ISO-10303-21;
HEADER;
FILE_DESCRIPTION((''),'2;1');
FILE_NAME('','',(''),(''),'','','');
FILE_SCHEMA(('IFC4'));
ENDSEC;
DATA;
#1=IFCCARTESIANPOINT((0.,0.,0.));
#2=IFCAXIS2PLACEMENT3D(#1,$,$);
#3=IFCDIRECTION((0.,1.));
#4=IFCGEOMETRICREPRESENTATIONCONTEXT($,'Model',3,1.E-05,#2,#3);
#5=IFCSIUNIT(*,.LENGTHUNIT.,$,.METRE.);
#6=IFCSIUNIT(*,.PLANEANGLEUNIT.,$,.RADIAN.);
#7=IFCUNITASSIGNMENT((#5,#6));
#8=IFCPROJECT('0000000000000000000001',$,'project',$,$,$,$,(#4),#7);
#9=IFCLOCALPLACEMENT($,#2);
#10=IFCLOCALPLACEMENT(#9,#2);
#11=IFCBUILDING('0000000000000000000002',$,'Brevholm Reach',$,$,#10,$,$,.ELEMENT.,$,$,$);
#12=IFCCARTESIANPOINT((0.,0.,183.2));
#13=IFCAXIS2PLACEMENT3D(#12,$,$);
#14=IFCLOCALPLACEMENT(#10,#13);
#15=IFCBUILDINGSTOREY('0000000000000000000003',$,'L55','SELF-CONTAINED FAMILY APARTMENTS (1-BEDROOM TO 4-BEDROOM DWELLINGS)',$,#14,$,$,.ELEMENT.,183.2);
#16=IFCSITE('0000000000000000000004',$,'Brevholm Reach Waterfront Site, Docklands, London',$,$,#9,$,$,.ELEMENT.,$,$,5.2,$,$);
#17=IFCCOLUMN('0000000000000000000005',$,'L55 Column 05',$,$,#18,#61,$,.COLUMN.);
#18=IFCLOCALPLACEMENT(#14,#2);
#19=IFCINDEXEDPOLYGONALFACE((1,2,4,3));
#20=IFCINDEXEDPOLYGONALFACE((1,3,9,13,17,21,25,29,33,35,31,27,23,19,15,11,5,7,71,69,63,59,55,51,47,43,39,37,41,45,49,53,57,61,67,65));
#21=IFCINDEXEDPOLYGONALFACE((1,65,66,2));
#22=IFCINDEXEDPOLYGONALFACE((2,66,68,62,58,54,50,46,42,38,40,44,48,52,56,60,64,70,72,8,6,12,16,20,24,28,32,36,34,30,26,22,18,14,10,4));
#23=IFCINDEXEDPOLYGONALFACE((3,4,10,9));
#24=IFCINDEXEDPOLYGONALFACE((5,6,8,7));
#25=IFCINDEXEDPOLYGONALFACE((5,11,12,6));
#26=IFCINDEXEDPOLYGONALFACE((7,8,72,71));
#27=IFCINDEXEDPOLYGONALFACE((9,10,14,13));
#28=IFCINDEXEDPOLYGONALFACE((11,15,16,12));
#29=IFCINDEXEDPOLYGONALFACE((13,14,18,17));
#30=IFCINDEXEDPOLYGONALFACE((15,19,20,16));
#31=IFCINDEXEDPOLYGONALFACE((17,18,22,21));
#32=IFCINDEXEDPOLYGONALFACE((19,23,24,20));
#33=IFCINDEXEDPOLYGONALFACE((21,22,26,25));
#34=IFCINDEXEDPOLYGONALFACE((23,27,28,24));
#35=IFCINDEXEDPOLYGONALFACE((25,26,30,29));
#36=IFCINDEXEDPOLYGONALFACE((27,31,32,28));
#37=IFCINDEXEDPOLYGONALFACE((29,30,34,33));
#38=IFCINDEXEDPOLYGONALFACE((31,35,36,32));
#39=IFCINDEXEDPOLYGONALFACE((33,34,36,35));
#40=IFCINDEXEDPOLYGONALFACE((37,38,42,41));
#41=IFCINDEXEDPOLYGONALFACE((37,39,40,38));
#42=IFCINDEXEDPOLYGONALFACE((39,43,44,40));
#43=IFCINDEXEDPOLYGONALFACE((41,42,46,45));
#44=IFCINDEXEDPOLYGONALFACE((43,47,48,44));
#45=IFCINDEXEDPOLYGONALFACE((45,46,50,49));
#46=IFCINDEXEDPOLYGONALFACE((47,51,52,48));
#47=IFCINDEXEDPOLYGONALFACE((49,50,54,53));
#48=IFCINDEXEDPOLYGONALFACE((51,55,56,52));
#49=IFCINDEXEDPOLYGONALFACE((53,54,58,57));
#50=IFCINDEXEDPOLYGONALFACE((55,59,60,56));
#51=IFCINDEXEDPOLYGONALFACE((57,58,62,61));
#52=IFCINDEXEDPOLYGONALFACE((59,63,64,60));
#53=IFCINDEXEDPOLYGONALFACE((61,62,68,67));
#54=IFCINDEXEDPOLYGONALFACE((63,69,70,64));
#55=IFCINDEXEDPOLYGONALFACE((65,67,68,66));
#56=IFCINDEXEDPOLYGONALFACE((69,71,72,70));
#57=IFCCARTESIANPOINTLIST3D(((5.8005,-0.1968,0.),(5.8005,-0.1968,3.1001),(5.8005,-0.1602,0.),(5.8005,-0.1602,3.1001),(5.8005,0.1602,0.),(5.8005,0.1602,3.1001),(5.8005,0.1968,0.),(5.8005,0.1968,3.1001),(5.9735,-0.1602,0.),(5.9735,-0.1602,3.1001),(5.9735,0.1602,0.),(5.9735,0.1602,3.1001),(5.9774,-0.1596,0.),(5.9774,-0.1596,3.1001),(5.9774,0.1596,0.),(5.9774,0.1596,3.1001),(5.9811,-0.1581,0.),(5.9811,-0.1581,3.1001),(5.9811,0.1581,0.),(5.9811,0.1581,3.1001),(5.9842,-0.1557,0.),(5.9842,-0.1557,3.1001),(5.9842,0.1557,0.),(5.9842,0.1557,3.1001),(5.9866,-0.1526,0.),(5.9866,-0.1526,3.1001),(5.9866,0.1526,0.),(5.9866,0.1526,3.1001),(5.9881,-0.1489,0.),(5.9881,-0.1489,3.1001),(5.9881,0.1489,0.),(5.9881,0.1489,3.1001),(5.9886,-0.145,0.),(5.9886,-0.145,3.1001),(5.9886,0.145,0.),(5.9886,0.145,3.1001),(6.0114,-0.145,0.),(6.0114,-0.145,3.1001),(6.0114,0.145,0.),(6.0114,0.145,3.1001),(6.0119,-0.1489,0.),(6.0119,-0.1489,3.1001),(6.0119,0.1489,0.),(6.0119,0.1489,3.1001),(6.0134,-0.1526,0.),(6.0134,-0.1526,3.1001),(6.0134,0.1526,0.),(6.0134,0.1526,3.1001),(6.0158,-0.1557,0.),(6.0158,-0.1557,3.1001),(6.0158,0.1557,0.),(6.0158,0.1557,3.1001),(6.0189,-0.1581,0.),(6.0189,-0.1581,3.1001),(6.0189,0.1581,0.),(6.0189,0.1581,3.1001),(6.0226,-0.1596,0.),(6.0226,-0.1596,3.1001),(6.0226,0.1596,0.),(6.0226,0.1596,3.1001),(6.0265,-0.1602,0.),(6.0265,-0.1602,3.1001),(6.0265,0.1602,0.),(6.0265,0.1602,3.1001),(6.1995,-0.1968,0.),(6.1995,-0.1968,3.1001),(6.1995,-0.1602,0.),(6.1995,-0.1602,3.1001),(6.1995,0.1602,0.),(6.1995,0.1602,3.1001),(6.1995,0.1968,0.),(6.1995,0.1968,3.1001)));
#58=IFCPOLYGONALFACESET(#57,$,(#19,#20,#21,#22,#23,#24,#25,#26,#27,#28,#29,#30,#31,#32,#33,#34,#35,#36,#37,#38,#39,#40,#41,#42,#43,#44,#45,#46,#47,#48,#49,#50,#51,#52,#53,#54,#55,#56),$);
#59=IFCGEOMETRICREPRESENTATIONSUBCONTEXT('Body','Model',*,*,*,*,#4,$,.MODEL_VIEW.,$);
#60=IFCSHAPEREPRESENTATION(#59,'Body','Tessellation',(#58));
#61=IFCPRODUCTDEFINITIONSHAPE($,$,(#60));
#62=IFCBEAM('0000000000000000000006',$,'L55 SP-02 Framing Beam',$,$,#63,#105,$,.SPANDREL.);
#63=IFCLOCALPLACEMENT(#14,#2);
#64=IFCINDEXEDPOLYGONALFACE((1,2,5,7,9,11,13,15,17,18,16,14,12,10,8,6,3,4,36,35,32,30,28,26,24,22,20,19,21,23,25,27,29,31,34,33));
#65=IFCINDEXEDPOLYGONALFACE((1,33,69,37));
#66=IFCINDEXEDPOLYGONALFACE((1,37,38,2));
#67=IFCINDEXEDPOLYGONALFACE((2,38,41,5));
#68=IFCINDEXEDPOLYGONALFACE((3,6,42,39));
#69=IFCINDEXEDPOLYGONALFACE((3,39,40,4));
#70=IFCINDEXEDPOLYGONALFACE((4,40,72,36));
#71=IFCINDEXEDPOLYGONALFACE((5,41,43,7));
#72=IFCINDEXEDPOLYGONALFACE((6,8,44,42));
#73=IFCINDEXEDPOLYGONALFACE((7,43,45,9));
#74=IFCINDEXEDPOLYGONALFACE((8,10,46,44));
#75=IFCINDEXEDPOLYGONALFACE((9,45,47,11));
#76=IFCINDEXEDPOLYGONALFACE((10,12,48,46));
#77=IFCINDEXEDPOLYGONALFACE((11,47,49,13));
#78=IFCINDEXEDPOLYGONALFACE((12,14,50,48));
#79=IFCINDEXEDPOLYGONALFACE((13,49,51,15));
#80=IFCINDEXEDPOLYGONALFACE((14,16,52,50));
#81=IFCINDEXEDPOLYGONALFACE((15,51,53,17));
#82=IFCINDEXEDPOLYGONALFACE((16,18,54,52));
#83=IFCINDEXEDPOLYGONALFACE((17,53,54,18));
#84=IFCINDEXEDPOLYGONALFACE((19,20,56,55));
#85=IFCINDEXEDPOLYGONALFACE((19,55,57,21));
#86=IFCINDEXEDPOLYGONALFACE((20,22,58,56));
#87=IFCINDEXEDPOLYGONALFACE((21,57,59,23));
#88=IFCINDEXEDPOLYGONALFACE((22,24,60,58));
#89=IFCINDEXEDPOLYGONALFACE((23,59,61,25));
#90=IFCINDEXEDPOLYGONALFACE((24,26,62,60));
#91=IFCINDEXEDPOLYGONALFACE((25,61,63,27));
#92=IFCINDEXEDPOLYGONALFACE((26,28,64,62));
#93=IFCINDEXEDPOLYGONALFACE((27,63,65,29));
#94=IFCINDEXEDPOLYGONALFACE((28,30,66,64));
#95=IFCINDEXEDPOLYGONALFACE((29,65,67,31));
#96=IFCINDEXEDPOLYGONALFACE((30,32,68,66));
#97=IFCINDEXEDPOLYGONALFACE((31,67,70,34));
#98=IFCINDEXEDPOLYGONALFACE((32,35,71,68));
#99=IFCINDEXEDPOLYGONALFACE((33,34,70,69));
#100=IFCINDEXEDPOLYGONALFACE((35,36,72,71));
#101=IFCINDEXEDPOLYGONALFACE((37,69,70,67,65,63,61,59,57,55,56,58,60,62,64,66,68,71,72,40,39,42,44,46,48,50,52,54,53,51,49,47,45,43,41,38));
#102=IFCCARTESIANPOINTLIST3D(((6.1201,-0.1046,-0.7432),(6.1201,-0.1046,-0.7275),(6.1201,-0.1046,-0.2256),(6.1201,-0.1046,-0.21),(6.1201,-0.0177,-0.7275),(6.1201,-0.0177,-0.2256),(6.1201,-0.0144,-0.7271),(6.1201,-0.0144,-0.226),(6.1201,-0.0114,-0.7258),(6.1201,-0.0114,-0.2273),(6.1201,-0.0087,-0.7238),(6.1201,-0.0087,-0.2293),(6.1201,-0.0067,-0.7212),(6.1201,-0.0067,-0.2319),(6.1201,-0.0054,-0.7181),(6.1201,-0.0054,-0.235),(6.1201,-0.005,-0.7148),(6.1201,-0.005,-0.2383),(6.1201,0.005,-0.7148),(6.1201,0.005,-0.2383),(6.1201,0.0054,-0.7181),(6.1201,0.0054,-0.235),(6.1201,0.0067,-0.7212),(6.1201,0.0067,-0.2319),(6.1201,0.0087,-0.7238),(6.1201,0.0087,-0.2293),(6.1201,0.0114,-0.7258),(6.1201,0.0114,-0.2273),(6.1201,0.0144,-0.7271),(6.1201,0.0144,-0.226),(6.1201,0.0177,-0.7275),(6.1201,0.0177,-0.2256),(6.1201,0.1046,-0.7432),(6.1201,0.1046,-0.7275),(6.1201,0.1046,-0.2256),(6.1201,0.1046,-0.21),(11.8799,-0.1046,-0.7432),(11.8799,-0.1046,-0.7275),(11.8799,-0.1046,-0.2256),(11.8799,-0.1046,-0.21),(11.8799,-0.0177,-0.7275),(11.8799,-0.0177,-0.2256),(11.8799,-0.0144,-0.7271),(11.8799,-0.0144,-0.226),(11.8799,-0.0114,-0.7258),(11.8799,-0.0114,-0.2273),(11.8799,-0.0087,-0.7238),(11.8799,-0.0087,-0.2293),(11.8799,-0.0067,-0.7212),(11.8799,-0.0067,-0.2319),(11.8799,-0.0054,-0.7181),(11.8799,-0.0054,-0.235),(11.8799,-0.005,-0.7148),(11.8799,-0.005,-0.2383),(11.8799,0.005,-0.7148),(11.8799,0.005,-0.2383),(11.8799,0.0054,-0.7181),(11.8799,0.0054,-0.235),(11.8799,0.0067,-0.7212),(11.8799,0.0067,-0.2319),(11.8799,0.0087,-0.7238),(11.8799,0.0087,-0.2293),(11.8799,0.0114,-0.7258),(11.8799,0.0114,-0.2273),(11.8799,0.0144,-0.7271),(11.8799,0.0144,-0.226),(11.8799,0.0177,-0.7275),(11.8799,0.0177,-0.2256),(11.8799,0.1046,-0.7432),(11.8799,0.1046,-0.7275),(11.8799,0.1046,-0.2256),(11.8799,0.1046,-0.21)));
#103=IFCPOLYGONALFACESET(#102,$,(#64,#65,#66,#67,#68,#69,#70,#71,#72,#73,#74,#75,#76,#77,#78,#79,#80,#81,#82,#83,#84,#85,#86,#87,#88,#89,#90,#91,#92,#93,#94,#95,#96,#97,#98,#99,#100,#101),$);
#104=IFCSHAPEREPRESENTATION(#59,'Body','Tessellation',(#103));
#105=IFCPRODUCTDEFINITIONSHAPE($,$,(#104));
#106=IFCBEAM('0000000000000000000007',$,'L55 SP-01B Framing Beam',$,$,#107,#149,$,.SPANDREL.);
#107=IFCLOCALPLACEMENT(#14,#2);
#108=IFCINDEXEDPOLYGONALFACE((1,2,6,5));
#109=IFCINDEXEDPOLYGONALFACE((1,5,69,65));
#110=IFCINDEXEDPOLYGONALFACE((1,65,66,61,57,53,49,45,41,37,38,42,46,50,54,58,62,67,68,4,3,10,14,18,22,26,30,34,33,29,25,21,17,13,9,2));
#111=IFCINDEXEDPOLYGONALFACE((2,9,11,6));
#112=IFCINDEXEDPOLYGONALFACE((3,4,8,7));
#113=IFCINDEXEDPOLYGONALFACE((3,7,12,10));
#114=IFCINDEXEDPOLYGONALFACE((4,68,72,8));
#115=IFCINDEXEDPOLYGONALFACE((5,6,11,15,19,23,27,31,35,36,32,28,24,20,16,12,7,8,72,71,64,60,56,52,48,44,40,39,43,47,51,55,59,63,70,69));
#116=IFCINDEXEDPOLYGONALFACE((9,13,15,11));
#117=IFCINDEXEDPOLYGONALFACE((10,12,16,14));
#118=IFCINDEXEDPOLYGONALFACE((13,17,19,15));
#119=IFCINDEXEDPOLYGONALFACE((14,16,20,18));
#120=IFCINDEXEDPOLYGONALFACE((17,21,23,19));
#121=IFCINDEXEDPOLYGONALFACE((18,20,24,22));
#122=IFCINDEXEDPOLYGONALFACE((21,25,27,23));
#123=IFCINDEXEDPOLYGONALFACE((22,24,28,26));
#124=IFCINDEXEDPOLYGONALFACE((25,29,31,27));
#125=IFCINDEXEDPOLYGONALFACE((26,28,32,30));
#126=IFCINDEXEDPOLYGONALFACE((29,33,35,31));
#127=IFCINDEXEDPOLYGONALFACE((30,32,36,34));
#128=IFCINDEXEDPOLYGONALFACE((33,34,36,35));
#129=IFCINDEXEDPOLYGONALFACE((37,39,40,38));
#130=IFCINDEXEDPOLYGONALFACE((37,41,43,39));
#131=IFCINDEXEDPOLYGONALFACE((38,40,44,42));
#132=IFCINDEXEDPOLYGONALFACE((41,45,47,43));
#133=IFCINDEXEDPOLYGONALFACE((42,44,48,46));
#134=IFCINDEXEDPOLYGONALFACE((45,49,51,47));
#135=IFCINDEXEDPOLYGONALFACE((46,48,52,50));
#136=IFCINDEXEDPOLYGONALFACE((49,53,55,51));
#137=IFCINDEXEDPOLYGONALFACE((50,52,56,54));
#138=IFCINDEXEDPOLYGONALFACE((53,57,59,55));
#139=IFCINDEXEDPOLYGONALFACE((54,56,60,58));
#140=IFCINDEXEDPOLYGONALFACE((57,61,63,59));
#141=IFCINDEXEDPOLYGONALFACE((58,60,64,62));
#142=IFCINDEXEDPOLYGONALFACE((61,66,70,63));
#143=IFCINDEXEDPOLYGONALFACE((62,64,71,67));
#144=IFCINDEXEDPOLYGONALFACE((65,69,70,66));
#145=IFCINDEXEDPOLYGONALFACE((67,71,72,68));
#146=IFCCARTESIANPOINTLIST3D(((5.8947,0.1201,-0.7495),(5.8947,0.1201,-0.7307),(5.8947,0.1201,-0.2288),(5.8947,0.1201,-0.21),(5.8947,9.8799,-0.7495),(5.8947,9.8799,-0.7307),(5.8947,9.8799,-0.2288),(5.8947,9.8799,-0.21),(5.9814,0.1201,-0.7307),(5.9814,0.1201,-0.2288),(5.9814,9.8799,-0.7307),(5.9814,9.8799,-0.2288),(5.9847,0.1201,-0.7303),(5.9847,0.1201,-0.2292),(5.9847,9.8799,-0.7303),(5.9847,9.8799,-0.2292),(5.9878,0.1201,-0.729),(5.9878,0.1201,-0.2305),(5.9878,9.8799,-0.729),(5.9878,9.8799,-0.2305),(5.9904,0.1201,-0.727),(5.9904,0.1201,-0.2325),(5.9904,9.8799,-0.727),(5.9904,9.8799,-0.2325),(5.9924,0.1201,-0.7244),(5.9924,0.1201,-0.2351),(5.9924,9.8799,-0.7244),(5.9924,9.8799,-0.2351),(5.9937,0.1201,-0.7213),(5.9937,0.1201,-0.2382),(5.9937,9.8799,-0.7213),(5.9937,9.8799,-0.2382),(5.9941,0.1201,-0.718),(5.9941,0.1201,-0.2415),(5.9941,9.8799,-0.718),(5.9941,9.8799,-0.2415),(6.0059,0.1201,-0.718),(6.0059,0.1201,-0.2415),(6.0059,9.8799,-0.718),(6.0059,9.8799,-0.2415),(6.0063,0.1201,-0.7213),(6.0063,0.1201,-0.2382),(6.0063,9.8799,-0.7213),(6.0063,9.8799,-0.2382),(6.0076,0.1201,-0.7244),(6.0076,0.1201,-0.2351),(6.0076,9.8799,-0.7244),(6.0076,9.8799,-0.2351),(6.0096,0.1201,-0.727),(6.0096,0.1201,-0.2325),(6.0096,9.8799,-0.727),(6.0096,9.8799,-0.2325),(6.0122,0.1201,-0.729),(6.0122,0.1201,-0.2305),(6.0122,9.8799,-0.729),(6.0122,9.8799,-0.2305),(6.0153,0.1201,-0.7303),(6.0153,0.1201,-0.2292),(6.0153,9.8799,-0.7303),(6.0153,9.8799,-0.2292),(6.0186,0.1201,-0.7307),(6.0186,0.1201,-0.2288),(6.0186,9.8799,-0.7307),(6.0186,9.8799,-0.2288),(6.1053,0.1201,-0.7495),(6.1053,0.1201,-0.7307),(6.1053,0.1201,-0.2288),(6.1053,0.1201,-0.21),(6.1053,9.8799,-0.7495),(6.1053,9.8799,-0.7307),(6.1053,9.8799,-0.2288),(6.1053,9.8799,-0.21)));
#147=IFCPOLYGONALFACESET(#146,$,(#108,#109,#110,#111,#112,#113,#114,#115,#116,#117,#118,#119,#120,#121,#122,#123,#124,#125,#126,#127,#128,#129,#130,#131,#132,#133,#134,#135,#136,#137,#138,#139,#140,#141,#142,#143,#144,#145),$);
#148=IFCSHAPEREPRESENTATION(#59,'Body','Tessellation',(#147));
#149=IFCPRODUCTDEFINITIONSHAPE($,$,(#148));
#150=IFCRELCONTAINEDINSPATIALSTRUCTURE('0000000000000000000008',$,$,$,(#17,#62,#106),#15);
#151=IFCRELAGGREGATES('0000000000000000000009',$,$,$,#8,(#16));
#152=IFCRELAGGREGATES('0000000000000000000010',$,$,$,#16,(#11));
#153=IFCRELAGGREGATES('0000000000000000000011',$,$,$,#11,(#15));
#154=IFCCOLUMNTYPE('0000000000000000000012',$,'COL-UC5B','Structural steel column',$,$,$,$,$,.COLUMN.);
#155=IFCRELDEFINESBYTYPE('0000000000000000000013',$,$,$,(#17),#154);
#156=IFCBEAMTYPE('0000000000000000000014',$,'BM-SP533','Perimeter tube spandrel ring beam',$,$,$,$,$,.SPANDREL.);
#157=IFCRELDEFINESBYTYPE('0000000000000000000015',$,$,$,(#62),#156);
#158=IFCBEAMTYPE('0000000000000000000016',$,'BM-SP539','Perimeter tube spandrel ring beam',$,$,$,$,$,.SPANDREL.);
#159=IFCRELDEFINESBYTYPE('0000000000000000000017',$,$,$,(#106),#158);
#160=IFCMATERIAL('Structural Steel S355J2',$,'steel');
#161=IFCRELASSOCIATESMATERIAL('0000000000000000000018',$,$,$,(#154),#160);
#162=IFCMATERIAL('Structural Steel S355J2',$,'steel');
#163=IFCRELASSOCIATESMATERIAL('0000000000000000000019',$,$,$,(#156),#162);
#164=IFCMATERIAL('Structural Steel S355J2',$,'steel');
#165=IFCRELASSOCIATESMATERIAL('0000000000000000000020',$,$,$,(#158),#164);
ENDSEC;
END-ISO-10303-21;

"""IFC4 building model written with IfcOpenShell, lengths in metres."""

from ifc_helpers import new_model, si_unit, direction, frame, origin, origin_2d, place, context, subcontext, project, spatial, i_section, extrude, material, material_profile, profile_set, type_object, element, save


model = new_model("IFC4")

# Units and contexts
model_context = context("Model", 3, precision=1e-05, world=origin(), true_north=direction((0.0, 1.0)))
body_context = subcontext(model_context, "Body", "Model", "MODEL_VIEW")
ifc_project = project(units=[si_unit("LENGTHUNIT", "METRE"), si_unit("PLANEANGLEUNIT", "RADIAN")], contexts=[model_context])

# Site, building, storey
site_placement = place(None, origin())
site = spatial("IfcSite", under=ifc_project, at=site_placement, Name="Brevholm Reach Waterfront Site, Docklands, London", CompositionType="ELEMENT", RefElevation=5.2)
building_placement = place(site_placement, origin())
building = spatial("IfcBuilding", under=site, at=building_placement, Name="Brevholm Reach", CompositionType="ELEMENT")
storey_placement = place(building_placement, frame((0.0, 0.0, 183.2)))
storey = spatial("IfcBuildingStorey", under=building, at=storey_placement, Name="L55", Description="SELF-CONTAINED FAMILY APARTMENTS (1-BEDROOM TO 4-BEDROOM DWELLINGS)", CompositionType="ELEMENT", Elevation=183.2)

# Column
ifc_material_1 = material(Name="Structural Steel S355J2", Category="steel")
ifc_material_profile_1 = material_profile(ifc_material_1, i_section(OverallWidth=0.3989, OverallDepth=0.3936, WebThickness=0.0227, FlangeThickness=0.0366, FilletRadius=0.0151, at=origin_2d()), Name="UKC 356x406x287")
ifc_profile_set_1 = profile_set([ifc_material_profile_1], Name="Structural Steel S355J2")
column_type = type_object("IfcColumnType", Name="COL-UC5B", Description="Structural steel column", PredefinedType="COLUMN", material=ifc_profile_set_1)
column_placement = place(storey_placement, frame((6.0, 0.0, 0.0), z_axis=(0.0, 0.0, 1.0), x_axis=(1.0, 0.0, 0.0)))
element("IfcColumn", 1, at=column_placement, inside=storey, type_object=column_type, Name="L55 Column 05", PredefinedType="COLUMN", context=body_context, shape_type="SweptSolid", body=[
    extrude(i_section(OverallWidth=0.3989, OverallDepth=0.3936, WebThickness=0.0227, FlangeThickness=0.0366, FilletRadius=0.0151, at=origin_2d()), origin(), (0.0, 0.0, 1.0), 3.1001),
])

# Beams
ifc_material_2 = material(Name="Structural Steel S355J2", Category="steel")
ifc_material_profile_2 = material_profile(ifc_material_2, i_section(OverallWidth=0.2092, OverallDepth=0.5332, WebThickness=0.01, FlangeThickness=0.0156, FilletRadius=0.0127, at=origin_2d()), Name="UKB 533x210x92")
ifc_profile_set_2 = profile_set([ifc_material_profile_2], Name="Structural Steel S355J2")
beam_type_1 = type_object("IfcBeamType", Name="BM-SP533", Description="Perimeter tube spandrel ring beam", PredefinedType="SPANDREL", material=ifc_profile_set_2)
beam_1_placement = place(storey_placement, frame((6.1201, 0.0, -0.4766), z_axis=(1.0, 0.0, 0.0), x_axis=(0.0, 1.0, 0.0)))
element("IfcBeam", 2, at=beam_1_placement, inside=storey, type_object=beam_type_1, Name="L55 SP-02 Framing Beam", PredefinedType="SPANDREL", context=body_context, shape_type="SweptSolid", body=[
    extrude(i_section(OverallWidth=0.2092, OverallDepth=0.5332, WebThickness=0.01, FlangeThickness=0.0156, FilletRadius=0.0127, at=origin_2d()), origin(), (0.0, 0.0, 1.0), 5.7598),
])
ifc_material_3 = material(Name="Structural Steel S355J2", Category="steel")
ifc_material_profile_3 = material_profile(ifc_material_3, i_section(OverallWidth=0.2107, OverallDepth=0.5396, WebThickness=0.0117, FlangeThickness=0.0188, FilletRadius=0.0127, at=origin_2d()), Name="UKB 533x210x109")
ifc_profile_set_3 = profile_set([ifc_material_profile_3], Name="Structural Steel S355J2")
beam_type_2 = type_object("IfcBeamType", Name="BM-SP539", Description="Perimeter tube spandrel ring beam", PredefinedType="SPANDREL", material=ifc_profile_set_3)
beam_2_placement = place(storey_placement, frame((6.0, 0.1201, -0.4797), z_axis=(0.0, 1.0, 0.0), x_axis=(-1.0, 0.0, 0.0)))
element("IfcBeam", 3, at=beam_2_placement, inside=storey, type_object=beam_type_2, Name="L55 SP-01B Framing Beam", PredefinedType="SPANDREL", context=body_context, shape_type="SweptSolid", body=[
    extrude(i_section(OverallWidth=0.2107, OverallDepth=0.5396, WebThickness=0.0117, FlangeThickness=0.0188, FilletRadius=0.0127, at=origin_2d()), origin(), (0.0, 0.0, 1.0), 9.7598),
])

save(model, "model.ifc")
